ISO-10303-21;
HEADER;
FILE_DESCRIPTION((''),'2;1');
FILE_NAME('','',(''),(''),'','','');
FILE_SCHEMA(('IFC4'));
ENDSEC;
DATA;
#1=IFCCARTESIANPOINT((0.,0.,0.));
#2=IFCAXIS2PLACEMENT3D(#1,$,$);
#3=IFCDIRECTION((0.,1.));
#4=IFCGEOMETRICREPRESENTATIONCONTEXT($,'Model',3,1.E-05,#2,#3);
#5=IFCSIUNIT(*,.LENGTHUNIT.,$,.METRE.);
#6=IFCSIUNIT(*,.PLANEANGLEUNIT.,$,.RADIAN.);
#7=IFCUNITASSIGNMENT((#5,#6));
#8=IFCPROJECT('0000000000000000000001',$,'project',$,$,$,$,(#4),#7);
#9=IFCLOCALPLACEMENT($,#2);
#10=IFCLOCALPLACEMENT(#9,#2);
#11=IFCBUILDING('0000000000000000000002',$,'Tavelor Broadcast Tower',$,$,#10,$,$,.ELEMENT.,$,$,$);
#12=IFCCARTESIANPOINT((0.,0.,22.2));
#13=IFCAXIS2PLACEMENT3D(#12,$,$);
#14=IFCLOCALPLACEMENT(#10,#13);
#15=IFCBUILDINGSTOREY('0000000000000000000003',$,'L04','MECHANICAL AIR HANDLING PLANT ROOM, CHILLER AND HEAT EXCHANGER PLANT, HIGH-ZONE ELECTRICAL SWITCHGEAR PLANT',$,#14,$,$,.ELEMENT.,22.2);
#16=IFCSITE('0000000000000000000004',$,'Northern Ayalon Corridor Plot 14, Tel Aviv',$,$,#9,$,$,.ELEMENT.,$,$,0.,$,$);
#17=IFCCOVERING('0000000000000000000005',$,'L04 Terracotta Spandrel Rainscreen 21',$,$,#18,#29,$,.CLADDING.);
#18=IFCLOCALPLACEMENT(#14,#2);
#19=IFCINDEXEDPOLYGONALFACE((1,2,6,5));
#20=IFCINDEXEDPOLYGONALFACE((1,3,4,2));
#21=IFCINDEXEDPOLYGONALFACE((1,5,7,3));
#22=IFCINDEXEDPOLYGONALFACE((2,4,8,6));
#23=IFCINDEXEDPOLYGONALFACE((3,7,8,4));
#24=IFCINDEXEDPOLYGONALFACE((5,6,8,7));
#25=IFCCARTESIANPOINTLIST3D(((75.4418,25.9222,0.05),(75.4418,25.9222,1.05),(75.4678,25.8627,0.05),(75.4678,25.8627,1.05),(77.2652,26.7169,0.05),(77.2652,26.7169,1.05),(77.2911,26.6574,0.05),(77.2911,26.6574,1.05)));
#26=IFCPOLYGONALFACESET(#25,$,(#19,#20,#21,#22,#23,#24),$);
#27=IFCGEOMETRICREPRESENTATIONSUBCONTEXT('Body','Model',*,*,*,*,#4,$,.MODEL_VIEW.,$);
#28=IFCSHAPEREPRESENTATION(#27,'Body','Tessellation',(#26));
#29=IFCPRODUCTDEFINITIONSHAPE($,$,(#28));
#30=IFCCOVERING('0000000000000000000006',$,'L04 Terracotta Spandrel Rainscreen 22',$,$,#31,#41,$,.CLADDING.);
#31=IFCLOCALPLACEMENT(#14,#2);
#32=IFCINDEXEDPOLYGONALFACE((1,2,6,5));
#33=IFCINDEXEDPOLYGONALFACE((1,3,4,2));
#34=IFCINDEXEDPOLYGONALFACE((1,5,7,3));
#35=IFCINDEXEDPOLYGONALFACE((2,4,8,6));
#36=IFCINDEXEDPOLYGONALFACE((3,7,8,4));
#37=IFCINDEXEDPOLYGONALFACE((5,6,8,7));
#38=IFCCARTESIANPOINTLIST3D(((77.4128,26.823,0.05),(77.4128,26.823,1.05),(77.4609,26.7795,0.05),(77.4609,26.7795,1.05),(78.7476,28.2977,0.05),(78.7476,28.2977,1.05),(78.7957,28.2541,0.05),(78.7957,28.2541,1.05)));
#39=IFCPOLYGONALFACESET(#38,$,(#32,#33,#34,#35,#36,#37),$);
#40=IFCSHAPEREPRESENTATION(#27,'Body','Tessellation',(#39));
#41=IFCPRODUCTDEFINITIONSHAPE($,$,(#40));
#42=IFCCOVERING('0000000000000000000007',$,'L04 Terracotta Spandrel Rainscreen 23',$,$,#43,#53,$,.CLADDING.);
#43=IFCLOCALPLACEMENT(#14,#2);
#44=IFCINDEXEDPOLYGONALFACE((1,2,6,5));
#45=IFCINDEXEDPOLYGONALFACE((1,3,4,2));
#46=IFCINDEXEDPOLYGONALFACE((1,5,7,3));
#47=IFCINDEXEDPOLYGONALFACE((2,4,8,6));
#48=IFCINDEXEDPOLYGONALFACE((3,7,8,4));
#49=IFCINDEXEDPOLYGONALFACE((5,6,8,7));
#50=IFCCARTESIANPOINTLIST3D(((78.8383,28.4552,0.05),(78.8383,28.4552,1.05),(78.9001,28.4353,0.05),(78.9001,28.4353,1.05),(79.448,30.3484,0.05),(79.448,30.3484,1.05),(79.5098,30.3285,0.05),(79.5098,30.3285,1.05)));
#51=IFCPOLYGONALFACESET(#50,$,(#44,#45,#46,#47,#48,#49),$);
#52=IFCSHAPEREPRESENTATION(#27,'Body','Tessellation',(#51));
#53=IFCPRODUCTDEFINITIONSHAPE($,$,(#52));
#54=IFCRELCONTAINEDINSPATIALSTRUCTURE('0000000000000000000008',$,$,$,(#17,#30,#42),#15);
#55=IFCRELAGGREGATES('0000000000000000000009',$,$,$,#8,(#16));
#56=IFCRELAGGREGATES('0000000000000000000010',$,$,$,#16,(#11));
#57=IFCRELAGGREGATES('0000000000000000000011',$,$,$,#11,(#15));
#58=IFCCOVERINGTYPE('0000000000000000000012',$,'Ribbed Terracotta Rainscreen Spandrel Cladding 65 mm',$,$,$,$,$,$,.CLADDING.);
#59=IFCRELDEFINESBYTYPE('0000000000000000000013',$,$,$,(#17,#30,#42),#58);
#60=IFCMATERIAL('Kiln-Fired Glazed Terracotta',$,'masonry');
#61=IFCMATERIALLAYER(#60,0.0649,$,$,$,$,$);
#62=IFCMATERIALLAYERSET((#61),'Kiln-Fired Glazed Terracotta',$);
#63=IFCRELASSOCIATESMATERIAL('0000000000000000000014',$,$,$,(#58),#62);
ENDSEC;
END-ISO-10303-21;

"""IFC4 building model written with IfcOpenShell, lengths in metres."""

from ifc_helpers import new_model, si_unit, direction, frame, origin, origin_2d, place, context, subcontext, project, spatial, rectangle, extrude, material, layer, layer_set, type_object, element, save


model = new_model("IFC4")

# Units and contexts
model_context = context("Model", 3, precision=1e-05, world=origin(), true_north=direction((0.0, 1.0)))
body_context = subcontext(model_context, "Body", "Model", "MODEL_VIEW")
ifc_project = project(units=[si_unit("LENGTHUNIT", "METRE"), si_unit("PLANEANGLEUNIT", "RADIAN")], contexts=[model_context])

# Site, building, storey
site_placement = place(None, origin())
site = spatial("IfcSite", under=ifc_project, at=site_placement, Name="Northern Ayalon Corridor Plot 14, Tel Aviv", CompositionType="ELEMENT", RefElevation=0.0)
building_placement = place(site_placement, origin())
building = spatial("IfcBuilding", under=site, at=building_placement, Name="Tavelor Broadcast Tower", CompositionType="ELEMENT")
storey_placement = place(building_placement, frame((0.0, 0.0, 22.2)))
storey = spatial("IfcBuildingStorey", under=building, at=storey_placement, Name="L04", Description="MECHANICAL AIR HANDLING PLANT ROOM, CHILLER AND HEAT EXCHANGER PLANT, HIGH-ZONE ELECTRICAL SWITCHGEAR PLANT", CompositionType="ELEMENT", Elevation=22.2)

# Coverings
ifc_material_1 = material(Name="Kiln-Fired Glazed Terracotta", Category="masonry")
ifc_layer_1 = layer(ifc_material_1, 0.0649)
ifc_layer_set_1 = layer_set([ifc_layer_1], Name="Kiln-Fired Glazed Terracotta")
covering_type = type_object("IfcCoveringType", Name="Ribbed Terracotta Rainscreen Spandrel Cladding 65 mm", PredefinedType="CLADDING", material=ifc_layer_set_1)
for number, where, z_axis, x_axis, name in (
    (1, (76.3665, 26.2898, 0.05), (0.0, 0.0, 1.0), (0.916712, 0.399549, 0.0), "L04 Terracotta Spandrel Rainscreen 21"),
    (2, (78.1042, 27.5386, 0.05), (0.0, 0.0, 1.0), (0.671074, 0.741391, 0.0), "L04 Terracotta Spandrel Rainscreen 22"),
    (3, (79.1741, 29.3918, 0.05), (0.0, 0.0, 1.0), (0.306526, 0.951862, 0.0), "L04 Terracotta Spandrel Rainscreen 23"),
):
    element("IfcCovering", number, at=place(storey_placement, frame(where, z_axis=z_axis, x_axis=x_axis)), inside=storey, type_object=covering_type, Name=name, PredefinedType="CLADDING", context=body_context, shape_type="SweptSolid", body=[
        extrude(rectangle(XDim=1.989, YDim=0.0649, at=origin_2d()), origin(), (0.0, 0.0, 1.0), 1.0),
    ])

save(model, "model.ifc")
